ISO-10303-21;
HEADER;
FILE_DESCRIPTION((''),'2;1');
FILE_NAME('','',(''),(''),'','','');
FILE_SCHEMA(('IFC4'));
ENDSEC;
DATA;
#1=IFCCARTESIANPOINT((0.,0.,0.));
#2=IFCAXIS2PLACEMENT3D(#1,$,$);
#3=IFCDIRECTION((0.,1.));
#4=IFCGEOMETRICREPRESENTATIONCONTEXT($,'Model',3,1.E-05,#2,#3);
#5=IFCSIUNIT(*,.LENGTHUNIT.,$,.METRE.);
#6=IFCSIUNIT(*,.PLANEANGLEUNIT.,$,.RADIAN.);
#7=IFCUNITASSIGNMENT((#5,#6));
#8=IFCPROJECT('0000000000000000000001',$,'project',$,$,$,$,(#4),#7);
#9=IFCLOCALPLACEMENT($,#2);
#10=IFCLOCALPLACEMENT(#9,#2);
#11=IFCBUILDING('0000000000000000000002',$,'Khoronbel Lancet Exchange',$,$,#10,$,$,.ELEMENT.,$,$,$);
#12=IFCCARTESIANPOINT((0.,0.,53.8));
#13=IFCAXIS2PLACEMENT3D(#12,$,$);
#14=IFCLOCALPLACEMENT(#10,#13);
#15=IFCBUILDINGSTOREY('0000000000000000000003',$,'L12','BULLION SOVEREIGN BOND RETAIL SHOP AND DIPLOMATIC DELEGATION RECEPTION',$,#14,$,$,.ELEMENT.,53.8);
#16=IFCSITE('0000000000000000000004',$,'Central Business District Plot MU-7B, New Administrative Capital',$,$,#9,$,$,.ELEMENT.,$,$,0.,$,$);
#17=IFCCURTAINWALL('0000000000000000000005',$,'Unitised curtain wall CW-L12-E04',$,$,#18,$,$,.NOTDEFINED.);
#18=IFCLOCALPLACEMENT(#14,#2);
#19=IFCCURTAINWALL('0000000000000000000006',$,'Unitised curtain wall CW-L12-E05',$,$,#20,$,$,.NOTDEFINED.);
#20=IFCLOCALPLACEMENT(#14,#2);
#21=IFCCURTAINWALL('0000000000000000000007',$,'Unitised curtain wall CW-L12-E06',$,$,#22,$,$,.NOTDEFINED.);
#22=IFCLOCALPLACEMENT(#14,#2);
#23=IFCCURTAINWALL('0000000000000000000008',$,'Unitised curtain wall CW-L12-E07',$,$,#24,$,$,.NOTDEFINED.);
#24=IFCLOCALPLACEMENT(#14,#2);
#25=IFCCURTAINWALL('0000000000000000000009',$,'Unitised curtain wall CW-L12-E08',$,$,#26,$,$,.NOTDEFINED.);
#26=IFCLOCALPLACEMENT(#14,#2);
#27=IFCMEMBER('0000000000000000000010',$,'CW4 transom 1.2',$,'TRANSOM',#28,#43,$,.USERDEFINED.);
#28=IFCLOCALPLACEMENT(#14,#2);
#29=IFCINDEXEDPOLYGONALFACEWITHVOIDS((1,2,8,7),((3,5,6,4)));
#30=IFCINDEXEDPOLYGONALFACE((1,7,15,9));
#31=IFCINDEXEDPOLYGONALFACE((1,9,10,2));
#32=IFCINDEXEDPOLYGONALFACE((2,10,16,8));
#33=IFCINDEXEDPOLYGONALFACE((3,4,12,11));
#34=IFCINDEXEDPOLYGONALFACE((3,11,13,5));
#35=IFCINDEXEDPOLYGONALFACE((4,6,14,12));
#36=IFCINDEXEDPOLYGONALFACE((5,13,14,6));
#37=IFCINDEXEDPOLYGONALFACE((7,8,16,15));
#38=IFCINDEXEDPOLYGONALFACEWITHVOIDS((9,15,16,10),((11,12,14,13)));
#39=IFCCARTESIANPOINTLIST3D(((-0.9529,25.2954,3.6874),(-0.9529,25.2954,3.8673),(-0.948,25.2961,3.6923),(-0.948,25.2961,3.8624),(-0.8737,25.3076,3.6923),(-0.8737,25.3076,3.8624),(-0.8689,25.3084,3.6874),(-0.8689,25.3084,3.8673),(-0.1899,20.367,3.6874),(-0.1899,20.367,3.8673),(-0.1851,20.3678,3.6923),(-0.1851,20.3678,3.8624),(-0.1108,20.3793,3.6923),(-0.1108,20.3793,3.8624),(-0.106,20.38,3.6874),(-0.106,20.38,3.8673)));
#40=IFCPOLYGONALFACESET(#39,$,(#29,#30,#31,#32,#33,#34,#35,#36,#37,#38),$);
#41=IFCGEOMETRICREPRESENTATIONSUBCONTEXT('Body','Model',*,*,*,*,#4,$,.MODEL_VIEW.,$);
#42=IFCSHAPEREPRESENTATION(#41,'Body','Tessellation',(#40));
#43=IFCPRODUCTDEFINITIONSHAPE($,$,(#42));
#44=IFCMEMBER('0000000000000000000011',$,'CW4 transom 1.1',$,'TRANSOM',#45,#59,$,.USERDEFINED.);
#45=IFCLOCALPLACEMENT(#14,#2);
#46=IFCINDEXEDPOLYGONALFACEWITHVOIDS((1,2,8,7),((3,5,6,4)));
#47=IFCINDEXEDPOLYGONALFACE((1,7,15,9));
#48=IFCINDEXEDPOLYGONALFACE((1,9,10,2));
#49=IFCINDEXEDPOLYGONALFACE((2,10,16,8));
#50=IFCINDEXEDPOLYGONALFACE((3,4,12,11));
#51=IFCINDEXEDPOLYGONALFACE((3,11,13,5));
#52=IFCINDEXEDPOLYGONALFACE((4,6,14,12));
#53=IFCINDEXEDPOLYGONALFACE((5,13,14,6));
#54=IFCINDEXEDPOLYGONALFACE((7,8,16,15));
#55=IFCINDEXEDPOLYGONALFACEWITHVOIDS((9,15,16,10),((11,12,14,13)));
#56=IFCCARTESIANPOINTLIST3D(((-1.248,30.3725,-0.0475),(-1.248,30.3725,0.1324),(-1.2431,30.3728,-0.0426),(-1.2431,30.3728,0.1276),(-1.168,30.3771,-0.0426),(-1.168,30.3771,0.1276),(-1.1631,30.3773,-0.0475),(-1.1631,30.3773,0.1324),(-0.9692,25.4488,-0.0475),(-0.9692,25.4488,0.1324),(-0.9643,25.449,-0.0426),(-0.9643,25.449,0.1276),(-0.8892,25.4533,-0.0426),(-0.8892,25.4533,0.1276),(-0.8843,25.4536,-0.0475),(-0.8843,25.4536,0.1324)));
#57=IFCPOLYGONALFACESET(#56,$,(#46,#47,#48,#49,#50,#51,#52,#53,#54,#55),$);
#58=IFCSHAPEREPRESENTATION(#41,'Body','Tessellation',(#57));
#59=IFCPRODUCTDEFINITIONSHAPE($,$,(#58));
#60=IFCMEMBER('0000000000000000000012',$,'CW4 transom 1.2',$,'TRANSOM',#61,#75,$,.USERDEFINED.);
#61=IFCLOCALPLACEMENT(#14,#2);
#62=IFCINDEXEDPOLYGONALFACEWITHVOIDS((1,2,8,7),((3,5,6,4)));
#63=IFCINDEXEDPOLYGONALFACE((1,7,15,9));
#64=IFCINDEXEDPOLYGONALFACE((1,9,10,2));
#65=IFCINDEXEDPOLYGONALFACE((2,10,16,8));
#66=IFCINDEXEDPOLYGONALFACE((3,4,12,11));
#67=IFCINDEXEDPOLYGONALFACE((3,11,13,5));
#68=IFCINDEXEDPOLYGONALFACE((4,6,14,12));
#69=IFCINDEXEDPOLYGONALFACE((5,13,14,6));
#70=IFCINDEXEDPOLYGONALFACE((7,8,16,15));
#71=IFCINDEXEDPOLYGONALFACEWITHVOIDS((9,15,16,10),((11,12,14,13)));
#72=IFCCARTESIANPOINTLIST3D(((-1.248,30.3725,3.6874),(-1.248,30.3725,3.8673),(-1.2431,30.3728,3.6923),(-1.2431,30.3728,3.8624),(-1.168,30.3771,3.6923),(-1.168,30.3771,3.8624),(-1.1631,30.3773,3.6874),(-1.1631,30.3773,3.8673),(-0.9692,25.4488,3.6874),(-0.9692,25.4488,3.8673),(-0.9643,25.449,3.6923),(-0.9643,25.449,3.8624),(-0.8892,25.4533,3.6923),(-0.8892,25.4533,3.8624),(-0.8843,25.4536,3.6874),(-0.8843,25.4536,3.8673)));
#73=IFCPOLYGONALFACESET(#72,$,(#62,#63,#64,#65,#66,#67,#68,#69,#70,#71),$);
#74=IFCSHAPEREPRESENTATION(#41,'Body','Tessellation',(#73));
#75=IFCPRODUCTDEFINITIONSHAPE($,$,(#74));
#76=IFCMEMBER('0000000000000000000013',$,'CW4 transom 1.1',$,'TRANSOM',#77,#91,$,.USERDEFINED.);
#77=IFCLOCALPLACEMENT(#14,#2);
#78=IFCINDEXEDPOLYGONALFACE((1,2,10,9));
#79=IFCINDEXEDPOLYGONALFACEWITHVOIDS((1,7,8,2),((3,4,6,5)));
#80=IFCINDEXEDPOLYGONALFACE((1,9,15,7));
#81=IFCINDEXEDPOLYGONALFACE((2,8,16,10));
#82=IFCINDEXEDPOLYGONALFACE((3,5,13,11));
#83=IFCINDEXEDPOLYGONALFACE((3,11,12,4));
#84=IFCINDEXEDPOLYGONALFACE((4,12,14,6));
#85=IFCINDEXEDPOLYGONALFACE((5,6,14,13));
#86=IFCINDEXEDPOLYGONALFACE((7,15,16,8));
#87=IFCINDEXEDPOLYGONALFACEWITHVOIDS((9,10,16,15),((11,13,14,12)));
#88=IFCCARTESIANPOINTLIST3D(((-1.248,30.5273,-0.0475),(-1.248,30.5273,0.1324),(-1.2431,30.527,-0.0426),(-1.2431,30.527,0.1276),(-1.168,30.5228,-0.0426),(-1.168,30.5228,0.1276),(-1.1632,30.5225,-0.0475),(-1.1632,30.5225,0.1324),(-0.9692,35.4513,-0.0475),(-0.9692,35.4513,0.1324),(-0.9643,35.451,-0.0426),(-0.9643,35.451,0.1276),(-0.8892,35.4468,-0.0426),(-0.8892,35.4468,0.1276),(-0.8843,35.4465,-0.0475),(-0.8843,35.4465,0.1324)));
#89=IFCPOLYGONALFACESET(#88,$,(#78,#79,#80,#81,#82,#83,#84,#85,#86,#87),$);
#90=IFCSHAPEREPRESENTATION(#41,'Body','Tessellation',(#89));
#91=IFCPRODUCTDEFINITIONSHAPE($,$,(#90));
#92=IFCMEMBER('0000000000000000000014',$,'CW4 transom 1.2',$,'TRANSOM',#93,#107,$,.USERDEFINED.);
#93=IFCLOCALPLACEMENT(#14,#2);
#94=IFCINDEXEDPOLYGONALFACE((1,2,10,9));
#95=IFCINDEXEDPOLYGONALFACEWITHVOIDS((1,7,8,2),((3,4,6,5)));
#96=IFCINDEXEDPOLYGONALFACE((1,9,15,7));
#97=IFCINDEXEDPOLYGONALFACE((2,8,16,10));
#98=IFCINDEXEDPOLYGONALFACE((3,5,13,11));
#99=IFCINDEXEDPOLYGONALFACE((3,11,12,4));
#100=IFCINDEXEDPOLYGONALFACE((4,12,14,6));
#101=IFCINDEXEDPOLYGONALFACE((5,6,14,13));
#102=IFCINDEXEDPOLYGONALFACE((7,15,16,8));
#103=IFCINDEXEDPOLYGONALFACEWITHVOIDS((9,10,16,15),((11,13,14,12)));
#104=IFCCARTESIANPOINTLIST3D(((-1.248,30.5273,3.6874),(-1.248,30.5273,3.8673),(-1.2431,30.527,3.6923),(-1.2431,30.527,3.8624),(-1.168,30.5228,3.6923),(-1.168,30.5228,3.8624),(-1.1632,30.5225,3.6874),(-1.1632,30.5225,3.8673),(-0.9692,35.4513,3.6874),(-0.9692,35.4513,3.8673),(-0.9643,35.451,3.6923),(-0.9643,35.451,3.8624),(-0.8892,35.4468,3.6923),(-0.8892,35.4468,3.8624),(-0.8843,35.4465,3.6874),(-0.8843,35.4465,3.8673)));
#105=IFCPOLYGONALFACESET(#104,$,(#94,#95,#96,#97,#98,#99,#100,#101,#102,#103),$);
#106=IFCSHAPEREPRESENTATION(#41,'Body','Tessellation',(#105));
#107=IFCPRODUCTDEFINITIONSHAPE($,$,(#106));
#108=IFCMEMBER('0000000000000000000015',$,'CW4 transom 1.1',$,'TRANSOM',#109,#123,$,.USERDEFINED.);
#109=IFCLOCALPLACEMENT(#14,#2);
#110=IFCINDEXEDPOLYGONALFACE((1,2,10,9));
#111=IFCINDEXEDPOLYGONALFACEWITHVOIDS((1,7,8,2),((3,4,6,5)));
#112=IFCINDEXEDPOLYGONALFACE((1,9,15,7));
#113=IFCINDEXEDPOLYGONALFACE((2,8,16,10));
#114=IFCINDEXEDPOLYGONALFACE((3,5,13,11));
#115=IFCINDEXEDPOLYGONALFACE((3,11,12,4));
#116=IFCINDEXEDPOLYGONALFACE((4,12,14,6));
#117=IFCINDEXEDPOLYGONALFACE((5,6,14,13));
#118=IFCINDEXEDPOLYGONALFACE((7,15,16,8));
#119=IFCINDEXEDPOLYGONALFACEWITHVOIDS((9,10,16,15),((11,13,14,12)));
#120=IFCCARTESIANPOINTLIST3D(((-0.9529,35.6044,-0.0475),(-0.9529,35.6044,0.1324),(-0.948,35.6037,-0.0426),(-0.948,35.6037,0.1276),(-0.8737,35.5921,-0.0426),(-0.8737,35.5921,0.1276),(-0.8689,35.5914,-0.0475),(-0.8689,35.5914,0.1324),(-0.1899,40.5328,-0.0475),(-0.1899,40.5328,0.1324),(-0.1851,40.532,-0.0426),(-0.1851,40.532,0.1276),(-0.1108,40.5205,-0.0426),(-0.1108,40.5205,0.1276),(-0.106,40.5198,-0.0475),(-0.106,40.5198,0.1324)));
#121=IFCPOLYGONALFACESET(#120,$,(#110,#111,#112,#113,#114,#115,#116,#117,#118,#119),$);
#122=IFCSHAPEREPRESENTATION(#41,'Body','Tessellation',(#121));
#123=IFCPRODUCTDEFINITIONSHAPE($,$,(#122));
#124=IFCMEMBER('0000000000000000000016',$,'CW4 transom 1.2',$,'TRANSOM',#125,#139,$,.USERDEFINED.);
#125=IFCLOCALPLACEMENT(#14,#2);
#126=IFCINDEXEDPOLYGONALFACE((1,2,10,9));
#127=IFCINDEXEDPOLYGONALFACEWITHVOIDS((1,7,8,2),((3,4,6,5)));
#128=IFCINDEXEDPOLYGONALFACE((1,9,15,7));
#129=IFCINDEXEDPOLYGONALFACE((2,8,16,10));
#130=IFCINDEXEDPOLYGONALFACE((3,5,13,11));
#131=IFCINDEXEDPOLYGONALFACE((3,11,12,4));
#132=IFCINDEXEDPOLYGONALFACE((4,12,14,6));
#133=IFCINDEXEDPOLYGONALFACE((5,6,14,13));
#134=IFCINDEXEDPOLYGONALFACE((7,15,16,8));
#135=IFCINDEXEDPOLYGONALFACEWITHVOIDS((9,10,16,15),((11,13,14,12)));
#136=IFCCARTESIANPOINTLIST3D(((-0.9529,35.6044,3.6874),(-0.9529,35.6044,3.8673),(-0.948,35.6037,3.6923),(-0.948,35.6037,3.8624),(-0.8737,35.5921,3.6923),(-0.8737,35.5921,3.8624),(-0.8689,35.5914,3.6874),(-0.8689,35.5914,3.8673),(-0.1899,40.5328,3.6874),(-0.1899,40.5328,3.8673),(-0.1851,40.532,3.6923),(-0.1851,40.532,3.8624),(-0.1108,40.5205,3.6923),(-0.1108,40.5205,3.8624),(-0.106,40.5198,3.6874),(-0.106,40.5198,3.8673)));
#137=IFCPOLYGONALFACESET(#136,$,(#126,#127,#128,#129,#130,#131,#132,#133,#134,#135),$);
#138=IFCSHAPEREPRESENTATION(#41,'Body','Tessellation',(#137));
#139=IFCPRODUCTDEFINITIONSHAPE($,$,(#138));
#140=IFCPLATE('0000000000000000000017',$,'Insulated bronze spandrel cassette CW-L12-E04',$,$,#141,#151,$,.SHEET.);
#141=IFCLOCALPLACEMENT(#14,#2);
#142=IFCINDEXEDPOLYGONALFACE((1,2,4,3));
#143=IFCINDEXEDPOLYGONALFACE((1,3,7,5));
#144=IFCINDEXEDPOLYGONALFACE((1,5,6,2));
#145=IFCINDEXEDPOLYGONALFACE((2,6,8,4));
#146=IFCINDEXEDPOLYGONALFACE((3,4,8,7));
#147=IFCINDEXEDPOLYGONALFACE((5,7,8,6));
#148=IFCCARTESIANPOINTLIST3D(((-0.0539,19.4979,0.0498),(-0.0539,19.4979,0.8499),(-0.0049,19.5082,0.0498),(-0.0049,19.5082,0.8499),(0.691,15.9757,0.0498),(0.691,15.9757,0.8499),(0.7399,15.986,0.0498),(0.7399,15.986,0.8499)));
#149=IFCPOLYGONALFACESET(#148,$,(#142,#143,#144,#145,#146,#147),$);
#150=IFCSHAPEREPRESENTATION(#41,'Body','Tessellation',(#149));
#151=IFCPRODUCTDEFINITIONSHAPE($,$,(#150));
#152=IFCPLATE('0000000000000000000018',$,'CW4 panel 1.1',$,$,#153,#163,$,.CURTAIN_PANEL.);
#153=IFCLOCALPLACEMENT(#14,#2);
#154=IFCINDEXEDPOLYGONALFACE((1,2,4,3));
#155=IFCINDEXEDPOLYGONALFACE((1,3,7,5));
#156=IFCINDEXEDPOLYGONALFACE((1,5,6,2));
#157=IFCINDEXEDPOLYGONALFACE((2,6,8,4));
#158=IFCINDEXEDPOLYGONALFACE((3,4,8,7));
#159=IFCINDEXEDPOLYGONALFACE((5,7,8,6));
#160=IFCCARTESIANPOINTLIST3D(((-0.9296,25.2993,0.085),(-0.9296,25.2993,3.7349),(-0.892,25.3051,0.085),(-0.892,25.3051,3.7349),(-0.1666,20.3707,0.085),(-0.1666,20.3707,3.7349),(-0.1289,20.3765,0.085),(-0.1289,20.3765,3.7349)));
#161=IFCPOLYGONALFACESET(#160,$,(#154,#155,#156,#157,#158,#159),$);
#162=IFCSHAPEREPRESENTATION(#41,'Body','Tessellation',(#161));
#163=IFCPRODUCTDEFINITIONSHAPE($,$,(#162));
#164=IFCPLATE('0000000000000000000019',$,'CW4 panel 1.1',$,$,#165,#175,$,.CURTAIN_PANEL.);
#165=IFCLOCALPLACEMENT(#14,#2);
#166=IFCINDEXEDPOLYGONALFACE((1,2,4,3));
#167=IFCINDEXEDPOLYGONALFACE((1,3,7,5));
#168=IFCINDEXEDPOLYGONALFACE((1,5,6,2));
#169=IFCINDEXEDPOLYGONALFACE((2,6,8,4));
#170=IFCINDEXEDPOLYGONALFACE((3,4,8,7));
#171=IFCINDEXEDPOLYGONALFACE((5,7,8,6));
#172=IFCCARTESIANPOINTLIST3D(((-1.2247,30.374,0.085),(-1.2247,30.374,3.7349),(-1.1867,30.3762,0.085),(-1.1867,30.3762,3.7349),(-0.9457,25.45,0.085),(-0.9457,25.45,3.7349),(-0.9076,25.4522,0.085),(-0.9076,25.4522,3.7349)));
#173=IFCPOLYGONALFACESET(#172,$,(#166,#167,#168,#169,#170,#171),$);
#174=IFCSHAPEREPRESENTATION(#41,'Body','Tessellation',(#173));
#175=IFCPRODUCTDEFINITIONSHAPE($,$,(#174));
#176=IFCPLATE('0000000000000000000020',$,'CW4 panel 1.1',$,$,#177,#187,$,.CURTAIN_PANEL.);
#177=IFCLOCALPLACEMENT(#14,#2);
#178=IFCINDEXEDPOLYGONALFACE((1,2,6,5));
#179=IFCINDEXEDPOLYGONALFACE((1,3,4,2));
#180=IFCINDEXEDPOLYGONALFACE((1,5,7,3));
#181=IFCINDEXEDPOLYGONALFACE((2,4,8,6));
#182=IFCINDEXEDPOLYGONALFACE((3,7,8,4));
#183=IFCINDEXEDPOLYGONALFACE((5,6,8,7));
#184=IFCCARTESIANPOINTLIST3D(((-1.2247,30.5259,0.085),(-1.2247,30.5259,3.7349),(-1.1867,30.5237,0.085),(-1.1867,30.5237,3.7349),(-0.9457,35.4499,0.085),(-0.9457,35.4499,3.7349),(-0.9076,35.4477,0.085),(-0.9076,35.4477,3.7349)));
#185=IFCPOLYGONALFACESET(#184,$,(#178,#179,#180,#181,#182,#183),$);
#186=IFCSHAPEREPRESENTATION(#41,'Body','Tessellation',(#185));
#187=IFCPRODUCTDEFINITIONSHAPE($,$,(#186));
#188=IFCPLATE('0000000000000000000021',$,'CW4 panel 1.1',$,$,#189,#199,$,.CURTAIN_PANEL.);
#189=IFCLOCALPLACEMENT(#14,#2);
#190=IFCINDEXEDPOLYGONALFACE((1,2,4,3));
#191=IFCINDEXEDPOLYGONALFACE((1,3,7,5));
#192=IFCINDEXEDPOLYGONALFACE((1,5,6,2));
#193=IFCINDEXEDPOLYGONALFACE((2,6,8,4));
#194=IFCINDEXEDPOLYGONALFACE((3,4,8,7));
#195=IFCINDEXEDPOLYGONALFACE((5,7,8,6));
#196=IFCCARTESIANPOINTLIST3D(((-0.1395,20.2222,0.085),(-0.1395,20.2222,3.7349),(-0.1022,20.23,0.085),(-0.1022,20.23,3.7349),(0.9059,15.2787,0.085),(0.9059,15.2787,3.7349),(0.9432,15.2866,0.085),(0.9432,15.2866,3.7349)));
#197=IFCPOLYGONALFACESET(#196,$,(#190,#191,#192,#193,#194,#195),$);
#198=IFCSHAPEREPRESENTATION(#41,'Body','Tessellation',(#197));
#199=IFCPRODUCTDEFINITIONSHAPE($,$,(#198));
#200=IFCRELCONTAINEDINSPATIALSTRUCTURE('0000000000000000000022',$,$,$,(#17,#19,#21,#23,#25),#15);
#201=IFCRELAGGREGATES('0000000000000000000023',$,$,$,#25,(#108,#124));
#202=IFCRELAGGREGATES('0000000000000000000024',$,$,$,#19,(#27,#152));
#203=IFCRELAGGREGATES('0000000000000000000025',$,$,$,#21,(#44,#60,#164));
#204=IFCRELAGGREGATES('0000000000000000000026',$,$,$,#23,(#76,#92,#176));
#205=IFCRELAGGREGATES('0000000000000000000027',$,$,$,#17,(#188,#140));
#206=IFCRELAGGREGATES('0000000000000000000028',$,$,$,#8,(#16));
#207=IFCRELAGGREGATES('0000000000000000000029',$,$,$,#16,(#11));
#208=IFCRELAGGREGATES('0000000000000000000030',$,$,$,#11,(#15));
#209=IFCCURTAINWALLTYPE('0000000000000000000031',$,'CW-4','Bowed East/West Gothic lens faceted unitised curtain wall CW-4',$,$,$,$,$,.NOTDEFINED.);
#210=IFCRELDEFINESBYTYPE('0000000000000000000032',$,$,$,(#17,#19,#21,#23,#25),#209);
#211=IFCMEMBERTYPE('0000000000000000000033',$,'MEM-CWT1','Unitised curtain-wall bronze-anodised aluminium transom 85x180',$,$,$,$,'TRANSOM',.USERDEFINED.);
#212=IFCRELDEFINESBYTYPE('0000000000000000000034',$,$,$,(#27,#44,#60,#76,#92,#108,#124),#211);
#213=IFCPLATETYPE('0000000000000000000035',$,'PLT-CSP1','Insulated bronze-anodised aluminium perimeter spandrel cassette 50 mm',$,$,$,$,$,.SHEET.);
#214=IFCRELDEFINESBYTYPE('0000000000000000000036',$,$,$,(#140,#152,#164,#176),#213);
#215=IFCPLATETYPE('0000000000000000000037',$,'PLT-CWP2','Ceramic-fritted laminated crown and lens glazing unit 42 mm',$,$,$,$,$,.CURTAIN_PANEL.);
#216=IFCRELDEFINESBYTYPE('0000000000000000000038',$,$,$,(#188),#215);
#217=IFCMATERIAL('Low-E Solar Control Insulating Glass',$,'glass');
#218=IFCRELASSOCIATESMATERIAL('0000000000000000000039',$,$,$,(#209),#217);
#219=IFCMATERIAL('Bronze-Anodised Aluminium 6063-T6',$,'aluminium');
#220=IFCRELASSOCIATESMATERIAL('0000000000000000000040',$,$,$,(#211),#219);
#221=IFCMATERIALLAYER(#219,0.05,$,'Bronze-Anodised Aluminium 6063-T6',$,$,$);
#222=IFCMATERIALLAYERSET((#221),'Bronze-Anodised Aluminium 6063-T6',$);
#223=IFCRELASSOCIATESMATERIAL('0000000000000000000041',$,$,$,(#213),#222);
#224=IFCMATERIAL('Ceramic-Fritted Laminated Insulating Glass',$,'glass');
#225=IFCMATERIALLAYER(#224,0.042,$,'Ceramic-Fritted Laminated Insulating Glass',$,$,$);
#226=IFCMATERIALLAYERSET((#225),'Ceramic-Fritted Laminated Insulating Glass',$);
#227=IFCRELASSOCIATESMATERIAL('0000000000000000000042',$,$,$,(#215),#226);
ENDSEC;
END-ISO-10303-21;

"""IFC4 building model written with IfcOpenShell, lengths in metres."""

from ifc_helpers import new_model, si_unit, direction, frame, origin, origin_2d, place, context, subcontext, project, spatial, rectangle, hollow_rectangle, extrude, material, layer, layer_set, material_profile, profile_set, type_object, element, aggregate, save


model = new_model("IFC4")

# Units and contexts
model_context = context("Model", 3, precision=1e-05, world=origin(), true_north=direction((0.0, 1.0)))
body_context = subcontext(model_context, "Body", "Model", "MODEL_VIEW")
ifc_project = project(units=[si_unit("LENGTHUNIT", "METRE"), si_unit("PLANEANGLEUNIT", "RADIAN")], contexts=[model_context])

# Site, building, storey
site_placement = place(None, origin())
site = spatial("IfcSite", under=ifc_project, at=site_placement, Name="Central Business District Plot MU-7B, New Administrative Capital", CompositionType="ELEMENT", RefElevation=0.0)
building_placement = place(site_placement, origin())
building = spatial("IfcBuilding", under=site, at=building_placement, Name="Khoronbel Lancet Exchange", CompositionType="ELEMENT")
storey_placement = place(building_placement, frame((0.0, 0.0, 53.8)))
storey = spatial("IfcBuildingStorey", under=building, at=storey_placement, Name="L12", Description="BULLION SOVEREIGN BOND RETAIL SHOP AND DIPLOMATIC DELEGATION RECEPTION", CompositionType="ELEMENT", Elevation=53.8)

# Curtain wall
ifc_material_1 = material(Name="Low-E Solar Control Insulating Glass", Category="glass")
curtain_wall_type = type_object("IfcCurtainWallType", Name="CW-4", Description="Bowed East/West Gothic lens faceted unitised curtain wall CW-4", PredefinedType="NOTDEFINED", material=ifc_material_1)
curtain_wall_1_placement = place(storey_placement, origin())
curtain_wall_1 = element("IfcCurtainWall", 1, at=curtain_wall_1_placement, inside=storey, type_object=curtain_wall_type, Name="Unitised curtain wall CW-L12-E04", PredefinedType="NOTDEFINED")
ifc_material_2 = material(Name="Bronze-Anodised Aluminium 6063-T6", Category="aluminium")

# Curtain walls
curtain_wall_2_placement = place(storey_placement, origin())
curtain_wall_2 = element("IfcCurtainWall", 2, at=curtain_wall_2_placement, inside=storey, type_object=curtain_wall_type, Name="Unitised curtain wall CW-L12-E05", PredefinedType="NOTDEFINED")
curtain_wall_3_placement = place(storey_placement, origin())
curtain_wall_3 = element("IfcCurtainWall", 3, at=curtain_wall_3_placement, inside=storey, type_object=curtain_wall_type, Name="Unitised curtain wall CW-L12-E06", PredefinedType="NOTDEFINED")
curtain_wall_4_placement = place(storey_placement, origin())
curtain_wall_4 = element("IfcCurtainWall", 4, at=curtain_wall_4_placement, inside=storey, type_object=curtain_wall_type, Name="Unitised curtain wall CW-L12-E07", PredefinedType="NOTDEFINED")

# Curtain wall
curtain_wall_5_placement = place(storey_placement, origin())
curtain_wall_5 = element("IfcCurtainWall", 5, at=curtain_wall_5_placement, inside=storey, type_object=curtain_wall_type, Name="Unitised curtain wall CW-L12-E08", PredefinedType="NOTDEFINED")

# Members
ifc_material_profile_1 = material_profile(ifc_material_2, hollow_rectangle(XDim=0.085, YDim=0.1799, WallThickness=0.0049, at=origin_2d()), Name="ALU TRANSOM 85x180")
ifc_profile_set_1 = profile_set([ifc_material_profile_1], Name="Bronze-Anodised Aluminium 6063-T6")
member_type_1 = type_object("IfcMemberType", Name="MEM-CWT1", Description="Unitised curtain-wall bronze-anodised aluminium transom 85x180", ElementType="TRANSOM", PredefinedType="USERDEFINED", material=ifc_profile_set_1)
member_1_placement = place(storey_placement, frame((-0.1479, 20.3735, 3.7773), z_axis=(-0.15298, 0.988229, 0.0), x_axis=(-0.988229, -0.15298, 0.0)))
member_1 = element("IfcMember", 6, at=member_1_placement, type_object=member_type_1, Name="CW4 transom 1.2", ObjectType="TRANSOM", PredefinedType="USERDEFINED", context=body_context, shape_type="SweptSolid", body=[
    extrude(hollow_rectangle(XDim=0.085, YDim=0.1799, WallThickness=0.0049, at=origin_2d()), origin(), (0.0, 0.0, 1.0), 4.9871),
])
member_2_placement = place(storey_placement, frame((-0.9268, 25.4512, 0.0425), z_axis=(-0.056534, 0.998401, 0.0), x_axis=(-0.998401, -0.056534, 0.0)))
member_2 = element("IfcMember", 7, at=member_2_placement, type_object=member_type_1, Name="CW4 transom 1.1", ObjectType="TRANSOM", PredefinedType="USERDEFINED", context=body_context, shape_type="SweptSolid", body=[
    extrude(hollow_rectangle(XDim=0.085, YDim=0.1799, WallThickness=0.0049, at=origin_2d()), origin(), (0.0, 0.0, 1.0), 4.9316),
])
member_3_placement = place(storey_placement, frame((-0.9268, 25.4512, 3.7773), z_axis=(-0.056534, 0.998401, 0.0), x_axis=(-0.998401, -0.056534, 0.0)))
member_3 = element("IfcMember", 8, at=member_3_placement, type_object=member_type_1, Name="CW4 transom 1.2", ObjectType="TRANSOM", PredefinedType="USERDEFINED", context=body_context, shape_type="SweptSolid", body=[
    extrude(hollow_rectangle(XDim=0.085, YDim=0.1799, WallThickness=0.0049, at=origin_2d()), origin(), (0.0, 0.0, 1.0), 4.9316),
])
member_4_placement = place(storey_placement, frame((-1.2056, 30.5249, 0.0425), z_axis=(0.056531, 0.998401, 0.0), x_axis=(-0.998401, 0.056531, 0.0)))
member_4 = element("IfcMember", 9, at=member_4_placement, type_object=member_type_1, Name="CW4 transom 1.1", ObjectType="TRANSOM", PredefinedType="USERDEFINED", context=body_context, shape_type="SweptSolid", body=[
    extrude(hollow_rectangle(XDim=0.085, YDim=0.1799, WallThickness=0.0049, at=origin_2d()), origin(), (0.0, 0.0, 1.0), 4.9319),
])
member_5_placement = place(storey_placement, frame((-1.2056, 30.5249, 3.7773), z_axis=(0.056531, 0.998401, 0.0), x_axis=(-0.998401, 0.056531, 0.0)))
member_5 = element("IfcMember", 10, at=member_5_placement, type_object=member_type_1, Name="CW4 transom 1.2", ObjectType="TRANSOM", PredefinedType="USERDEFINED", context=body_context, shape_type="SweptSolid", body=[
    extrude(hollow_rectangle(XDim=0.085, YDim=0.1799, WallThickness=0.0049, at=origin_2d()), origin(), (0.0, 0.0, 1.0), 4.9319),
])
member_6_placement = place(storey_placement, frame((-0.9109, 35.5979, 0.0425), z_axis=(0.15298, 0.988229, 0.0), x_axis=(-0.988229, 0.15298, 0.0)))
member_6 = element("IfcMember", 11, at=member_6_placement, type_object=member_type_1, Name="CW4 transom 1.1", ObjectType="TRANSOM", PredefinedType="USERDEFINED", context=body_context, shape_type="SweptSolid", body=[
    extrude(hollow_rectangle(XDim=0.085, YDim=0.1799, WallThickness=0.0049, at=origin_2d()), origin(), (0.0, 0.0, 1.0), 4.9871),
])
member_7_placement = place(storey_placement, frame((-0.9109, 35.5979, 3.7773), z_axis=(0.15298, 0.988229, 0.0), x_axis=(-0.988229, 0.15298, 0.0)))
member_7 = element("IfcMember", 12, at=member_7_placement, type_object=member_type_1, Name="CW4 transom 1.2", ObjectType="TRANSOM", PredefinedType="USERDEFINED", context=body_context, shape_type="SweptSolid", body=[
    extrude(hollow_rectangle(XDim=0.085, YDim=0.1799, WallThickness=0.0049, at=origin_2d()), origin(), (0.0, 0.0, 1.0), 4.9871),
])
aggregate(curtain_wall_5, [member_6, member_7])

# Plates
ifc_layer_1 = layer(ifc_material_2, 0.05, Name="Bronze-Anodised Aluminium 6063-T6")
ifc_layer_set_1 = layer_set([ifc_layer_1], Name="Bronze-Anodised Aluminium 6063-T6")
plate_type_1 = type_object("IfcPlateType", Name="PLT-CSP1", Description="Insulated bronze-anodised aluminium perimeter spandrel cassette 50 mm", PredefinedType="SHEET", material=ifc_layer_set_1)
plate_1_placement = place(storey_placement, frame((0.343, 17.7419, 0.0498), z_axis=(0.0, 0.0, 1.0), x_axis=(-0.206894, 0.978363, 0.0)))
plate_1 = element("IfcPlate", 13, at=plate_1_placement, type_object=plate_type_1, Name="Insulated bronze spandrel cassette CW-L12-E04", PredefinedType="SHEET", context=body_context, shape_type="SweptSolid", body=[
    extrude(rectangle(XDim=3.6001, YDim=0.05, at=origin_2d()), origin(), (0.0, 0.0, 1.0), 0.8),
])
plate_2_placement = place(storey_placement, frame((-0.5293, 22.8379, 0.085), z_axis=(0.0, 0.0, 1.0), x_axis=(-0.153002, 0.988226, 0.0)))
plate_2 = element("IfcPlate", 14, at=plate_2_placement, type_object=plate_type_1, Name="CW4 panel 1.1", PredefinedType="CURTAIN_PANEL", context=body_context, shape_type="SweptSolid", body=[
    extrude(rectangle(XDim=4.9873, YDim=0.0381, at=origin_2d()), origin(), (0.0, 0.0, 1.0), 3.6499),
])
aggregate(curtain_wall_2, [member_1, plate_2])
plate_3_placement = place(storey_placement, frame((-1.0662, 27.9131, 0.085), z_axis=(0.0, 0.0, 1.0), x_axis=(-0.056573, 0.998398, 0.0)))
plate_3 = element("IfcPlate", 15, at=plate_3_placement, type_object=plate_type_1, Name="CW4 panel 1.1", PredefinedType="CURTAIN_PANEL", context=body_context, shape_type="SweptSolid", body=[
    extrude(rectangle(XDim=4.9319, YDim=0.0381, at=origin_2d()), origin(), (0.0, 0.0, 1.0), 3.6499),
])
aggregate(curtain_wall_3, [member_2, member_3, plate_3])
plate_4_placement = place(storey_placement, frame((-1.0662, 32.9868, 0.085), z_axis=(0.0, 0.0, 1.0), x_axis=(0.056573, 0.998398, 0.0)))
plate_4 = element("IfcPlate", 16, at=plate_4_placement, type_object=plate_type_1, Name="CW4 panel 1.1", PredefinedType="CURTAIN_PANEL", context=body_context, shape_type="SweptSolid", body=[
    extrude(rectangle(XDim=4.9319, YDim=0.0381, at=origin_2d()), origin(), (0.0, 0.0, 1.0), 3.6499),
])
aggregate(curtain_wall_4, [member_4, member_5, plate_4])
ifc_material_3 = material(Name="Ceramic-Fritted Laminated Insulating Glass", Category="glass")
ifc_layer_2 = layer(ifc_material_3, 0.042, Name="Ceramic-Fritted Laminated Insulating Glass")
ifc_layer_set_2 = layer_set([ifc_layer_2], Name="Ceramic-Fritted Laminated Insulating Glass")
plate_type_2 = type_object("IfcPlateType", Name="PLT-CWP2", Description="Ceramic-fritted laminated crown and lens glazing unit 42 mm", PredefinedType="CURTAIN_PANEL", material=ifc_layer_set_2)
plate_5_placement = place(storey_placement, frame((0.4019, 17.7544, 0.085), z_axis=(0.0, 0.0, 1.0), x_axis=(-0.206894, 0.978363, 0.0)))
plate_5 = element("IfcPlate", 17, at=plate_5_placement, type_object=plate_type_2, Name="CW4 panel 1.1", PredefinedType="CURTAIN_PANEL", context=body_context, shape_type="SweptSolid", body=[
    extrude(rectangle(XDim=5.0527, YDim=0.0381, at=origin_2d()), origin(), (0.0, 0.0, 1.0), 3.6499),
])
aggregate(curtain_wall_1, [plate_5, plate_1])

save(model, "model.ifc")
